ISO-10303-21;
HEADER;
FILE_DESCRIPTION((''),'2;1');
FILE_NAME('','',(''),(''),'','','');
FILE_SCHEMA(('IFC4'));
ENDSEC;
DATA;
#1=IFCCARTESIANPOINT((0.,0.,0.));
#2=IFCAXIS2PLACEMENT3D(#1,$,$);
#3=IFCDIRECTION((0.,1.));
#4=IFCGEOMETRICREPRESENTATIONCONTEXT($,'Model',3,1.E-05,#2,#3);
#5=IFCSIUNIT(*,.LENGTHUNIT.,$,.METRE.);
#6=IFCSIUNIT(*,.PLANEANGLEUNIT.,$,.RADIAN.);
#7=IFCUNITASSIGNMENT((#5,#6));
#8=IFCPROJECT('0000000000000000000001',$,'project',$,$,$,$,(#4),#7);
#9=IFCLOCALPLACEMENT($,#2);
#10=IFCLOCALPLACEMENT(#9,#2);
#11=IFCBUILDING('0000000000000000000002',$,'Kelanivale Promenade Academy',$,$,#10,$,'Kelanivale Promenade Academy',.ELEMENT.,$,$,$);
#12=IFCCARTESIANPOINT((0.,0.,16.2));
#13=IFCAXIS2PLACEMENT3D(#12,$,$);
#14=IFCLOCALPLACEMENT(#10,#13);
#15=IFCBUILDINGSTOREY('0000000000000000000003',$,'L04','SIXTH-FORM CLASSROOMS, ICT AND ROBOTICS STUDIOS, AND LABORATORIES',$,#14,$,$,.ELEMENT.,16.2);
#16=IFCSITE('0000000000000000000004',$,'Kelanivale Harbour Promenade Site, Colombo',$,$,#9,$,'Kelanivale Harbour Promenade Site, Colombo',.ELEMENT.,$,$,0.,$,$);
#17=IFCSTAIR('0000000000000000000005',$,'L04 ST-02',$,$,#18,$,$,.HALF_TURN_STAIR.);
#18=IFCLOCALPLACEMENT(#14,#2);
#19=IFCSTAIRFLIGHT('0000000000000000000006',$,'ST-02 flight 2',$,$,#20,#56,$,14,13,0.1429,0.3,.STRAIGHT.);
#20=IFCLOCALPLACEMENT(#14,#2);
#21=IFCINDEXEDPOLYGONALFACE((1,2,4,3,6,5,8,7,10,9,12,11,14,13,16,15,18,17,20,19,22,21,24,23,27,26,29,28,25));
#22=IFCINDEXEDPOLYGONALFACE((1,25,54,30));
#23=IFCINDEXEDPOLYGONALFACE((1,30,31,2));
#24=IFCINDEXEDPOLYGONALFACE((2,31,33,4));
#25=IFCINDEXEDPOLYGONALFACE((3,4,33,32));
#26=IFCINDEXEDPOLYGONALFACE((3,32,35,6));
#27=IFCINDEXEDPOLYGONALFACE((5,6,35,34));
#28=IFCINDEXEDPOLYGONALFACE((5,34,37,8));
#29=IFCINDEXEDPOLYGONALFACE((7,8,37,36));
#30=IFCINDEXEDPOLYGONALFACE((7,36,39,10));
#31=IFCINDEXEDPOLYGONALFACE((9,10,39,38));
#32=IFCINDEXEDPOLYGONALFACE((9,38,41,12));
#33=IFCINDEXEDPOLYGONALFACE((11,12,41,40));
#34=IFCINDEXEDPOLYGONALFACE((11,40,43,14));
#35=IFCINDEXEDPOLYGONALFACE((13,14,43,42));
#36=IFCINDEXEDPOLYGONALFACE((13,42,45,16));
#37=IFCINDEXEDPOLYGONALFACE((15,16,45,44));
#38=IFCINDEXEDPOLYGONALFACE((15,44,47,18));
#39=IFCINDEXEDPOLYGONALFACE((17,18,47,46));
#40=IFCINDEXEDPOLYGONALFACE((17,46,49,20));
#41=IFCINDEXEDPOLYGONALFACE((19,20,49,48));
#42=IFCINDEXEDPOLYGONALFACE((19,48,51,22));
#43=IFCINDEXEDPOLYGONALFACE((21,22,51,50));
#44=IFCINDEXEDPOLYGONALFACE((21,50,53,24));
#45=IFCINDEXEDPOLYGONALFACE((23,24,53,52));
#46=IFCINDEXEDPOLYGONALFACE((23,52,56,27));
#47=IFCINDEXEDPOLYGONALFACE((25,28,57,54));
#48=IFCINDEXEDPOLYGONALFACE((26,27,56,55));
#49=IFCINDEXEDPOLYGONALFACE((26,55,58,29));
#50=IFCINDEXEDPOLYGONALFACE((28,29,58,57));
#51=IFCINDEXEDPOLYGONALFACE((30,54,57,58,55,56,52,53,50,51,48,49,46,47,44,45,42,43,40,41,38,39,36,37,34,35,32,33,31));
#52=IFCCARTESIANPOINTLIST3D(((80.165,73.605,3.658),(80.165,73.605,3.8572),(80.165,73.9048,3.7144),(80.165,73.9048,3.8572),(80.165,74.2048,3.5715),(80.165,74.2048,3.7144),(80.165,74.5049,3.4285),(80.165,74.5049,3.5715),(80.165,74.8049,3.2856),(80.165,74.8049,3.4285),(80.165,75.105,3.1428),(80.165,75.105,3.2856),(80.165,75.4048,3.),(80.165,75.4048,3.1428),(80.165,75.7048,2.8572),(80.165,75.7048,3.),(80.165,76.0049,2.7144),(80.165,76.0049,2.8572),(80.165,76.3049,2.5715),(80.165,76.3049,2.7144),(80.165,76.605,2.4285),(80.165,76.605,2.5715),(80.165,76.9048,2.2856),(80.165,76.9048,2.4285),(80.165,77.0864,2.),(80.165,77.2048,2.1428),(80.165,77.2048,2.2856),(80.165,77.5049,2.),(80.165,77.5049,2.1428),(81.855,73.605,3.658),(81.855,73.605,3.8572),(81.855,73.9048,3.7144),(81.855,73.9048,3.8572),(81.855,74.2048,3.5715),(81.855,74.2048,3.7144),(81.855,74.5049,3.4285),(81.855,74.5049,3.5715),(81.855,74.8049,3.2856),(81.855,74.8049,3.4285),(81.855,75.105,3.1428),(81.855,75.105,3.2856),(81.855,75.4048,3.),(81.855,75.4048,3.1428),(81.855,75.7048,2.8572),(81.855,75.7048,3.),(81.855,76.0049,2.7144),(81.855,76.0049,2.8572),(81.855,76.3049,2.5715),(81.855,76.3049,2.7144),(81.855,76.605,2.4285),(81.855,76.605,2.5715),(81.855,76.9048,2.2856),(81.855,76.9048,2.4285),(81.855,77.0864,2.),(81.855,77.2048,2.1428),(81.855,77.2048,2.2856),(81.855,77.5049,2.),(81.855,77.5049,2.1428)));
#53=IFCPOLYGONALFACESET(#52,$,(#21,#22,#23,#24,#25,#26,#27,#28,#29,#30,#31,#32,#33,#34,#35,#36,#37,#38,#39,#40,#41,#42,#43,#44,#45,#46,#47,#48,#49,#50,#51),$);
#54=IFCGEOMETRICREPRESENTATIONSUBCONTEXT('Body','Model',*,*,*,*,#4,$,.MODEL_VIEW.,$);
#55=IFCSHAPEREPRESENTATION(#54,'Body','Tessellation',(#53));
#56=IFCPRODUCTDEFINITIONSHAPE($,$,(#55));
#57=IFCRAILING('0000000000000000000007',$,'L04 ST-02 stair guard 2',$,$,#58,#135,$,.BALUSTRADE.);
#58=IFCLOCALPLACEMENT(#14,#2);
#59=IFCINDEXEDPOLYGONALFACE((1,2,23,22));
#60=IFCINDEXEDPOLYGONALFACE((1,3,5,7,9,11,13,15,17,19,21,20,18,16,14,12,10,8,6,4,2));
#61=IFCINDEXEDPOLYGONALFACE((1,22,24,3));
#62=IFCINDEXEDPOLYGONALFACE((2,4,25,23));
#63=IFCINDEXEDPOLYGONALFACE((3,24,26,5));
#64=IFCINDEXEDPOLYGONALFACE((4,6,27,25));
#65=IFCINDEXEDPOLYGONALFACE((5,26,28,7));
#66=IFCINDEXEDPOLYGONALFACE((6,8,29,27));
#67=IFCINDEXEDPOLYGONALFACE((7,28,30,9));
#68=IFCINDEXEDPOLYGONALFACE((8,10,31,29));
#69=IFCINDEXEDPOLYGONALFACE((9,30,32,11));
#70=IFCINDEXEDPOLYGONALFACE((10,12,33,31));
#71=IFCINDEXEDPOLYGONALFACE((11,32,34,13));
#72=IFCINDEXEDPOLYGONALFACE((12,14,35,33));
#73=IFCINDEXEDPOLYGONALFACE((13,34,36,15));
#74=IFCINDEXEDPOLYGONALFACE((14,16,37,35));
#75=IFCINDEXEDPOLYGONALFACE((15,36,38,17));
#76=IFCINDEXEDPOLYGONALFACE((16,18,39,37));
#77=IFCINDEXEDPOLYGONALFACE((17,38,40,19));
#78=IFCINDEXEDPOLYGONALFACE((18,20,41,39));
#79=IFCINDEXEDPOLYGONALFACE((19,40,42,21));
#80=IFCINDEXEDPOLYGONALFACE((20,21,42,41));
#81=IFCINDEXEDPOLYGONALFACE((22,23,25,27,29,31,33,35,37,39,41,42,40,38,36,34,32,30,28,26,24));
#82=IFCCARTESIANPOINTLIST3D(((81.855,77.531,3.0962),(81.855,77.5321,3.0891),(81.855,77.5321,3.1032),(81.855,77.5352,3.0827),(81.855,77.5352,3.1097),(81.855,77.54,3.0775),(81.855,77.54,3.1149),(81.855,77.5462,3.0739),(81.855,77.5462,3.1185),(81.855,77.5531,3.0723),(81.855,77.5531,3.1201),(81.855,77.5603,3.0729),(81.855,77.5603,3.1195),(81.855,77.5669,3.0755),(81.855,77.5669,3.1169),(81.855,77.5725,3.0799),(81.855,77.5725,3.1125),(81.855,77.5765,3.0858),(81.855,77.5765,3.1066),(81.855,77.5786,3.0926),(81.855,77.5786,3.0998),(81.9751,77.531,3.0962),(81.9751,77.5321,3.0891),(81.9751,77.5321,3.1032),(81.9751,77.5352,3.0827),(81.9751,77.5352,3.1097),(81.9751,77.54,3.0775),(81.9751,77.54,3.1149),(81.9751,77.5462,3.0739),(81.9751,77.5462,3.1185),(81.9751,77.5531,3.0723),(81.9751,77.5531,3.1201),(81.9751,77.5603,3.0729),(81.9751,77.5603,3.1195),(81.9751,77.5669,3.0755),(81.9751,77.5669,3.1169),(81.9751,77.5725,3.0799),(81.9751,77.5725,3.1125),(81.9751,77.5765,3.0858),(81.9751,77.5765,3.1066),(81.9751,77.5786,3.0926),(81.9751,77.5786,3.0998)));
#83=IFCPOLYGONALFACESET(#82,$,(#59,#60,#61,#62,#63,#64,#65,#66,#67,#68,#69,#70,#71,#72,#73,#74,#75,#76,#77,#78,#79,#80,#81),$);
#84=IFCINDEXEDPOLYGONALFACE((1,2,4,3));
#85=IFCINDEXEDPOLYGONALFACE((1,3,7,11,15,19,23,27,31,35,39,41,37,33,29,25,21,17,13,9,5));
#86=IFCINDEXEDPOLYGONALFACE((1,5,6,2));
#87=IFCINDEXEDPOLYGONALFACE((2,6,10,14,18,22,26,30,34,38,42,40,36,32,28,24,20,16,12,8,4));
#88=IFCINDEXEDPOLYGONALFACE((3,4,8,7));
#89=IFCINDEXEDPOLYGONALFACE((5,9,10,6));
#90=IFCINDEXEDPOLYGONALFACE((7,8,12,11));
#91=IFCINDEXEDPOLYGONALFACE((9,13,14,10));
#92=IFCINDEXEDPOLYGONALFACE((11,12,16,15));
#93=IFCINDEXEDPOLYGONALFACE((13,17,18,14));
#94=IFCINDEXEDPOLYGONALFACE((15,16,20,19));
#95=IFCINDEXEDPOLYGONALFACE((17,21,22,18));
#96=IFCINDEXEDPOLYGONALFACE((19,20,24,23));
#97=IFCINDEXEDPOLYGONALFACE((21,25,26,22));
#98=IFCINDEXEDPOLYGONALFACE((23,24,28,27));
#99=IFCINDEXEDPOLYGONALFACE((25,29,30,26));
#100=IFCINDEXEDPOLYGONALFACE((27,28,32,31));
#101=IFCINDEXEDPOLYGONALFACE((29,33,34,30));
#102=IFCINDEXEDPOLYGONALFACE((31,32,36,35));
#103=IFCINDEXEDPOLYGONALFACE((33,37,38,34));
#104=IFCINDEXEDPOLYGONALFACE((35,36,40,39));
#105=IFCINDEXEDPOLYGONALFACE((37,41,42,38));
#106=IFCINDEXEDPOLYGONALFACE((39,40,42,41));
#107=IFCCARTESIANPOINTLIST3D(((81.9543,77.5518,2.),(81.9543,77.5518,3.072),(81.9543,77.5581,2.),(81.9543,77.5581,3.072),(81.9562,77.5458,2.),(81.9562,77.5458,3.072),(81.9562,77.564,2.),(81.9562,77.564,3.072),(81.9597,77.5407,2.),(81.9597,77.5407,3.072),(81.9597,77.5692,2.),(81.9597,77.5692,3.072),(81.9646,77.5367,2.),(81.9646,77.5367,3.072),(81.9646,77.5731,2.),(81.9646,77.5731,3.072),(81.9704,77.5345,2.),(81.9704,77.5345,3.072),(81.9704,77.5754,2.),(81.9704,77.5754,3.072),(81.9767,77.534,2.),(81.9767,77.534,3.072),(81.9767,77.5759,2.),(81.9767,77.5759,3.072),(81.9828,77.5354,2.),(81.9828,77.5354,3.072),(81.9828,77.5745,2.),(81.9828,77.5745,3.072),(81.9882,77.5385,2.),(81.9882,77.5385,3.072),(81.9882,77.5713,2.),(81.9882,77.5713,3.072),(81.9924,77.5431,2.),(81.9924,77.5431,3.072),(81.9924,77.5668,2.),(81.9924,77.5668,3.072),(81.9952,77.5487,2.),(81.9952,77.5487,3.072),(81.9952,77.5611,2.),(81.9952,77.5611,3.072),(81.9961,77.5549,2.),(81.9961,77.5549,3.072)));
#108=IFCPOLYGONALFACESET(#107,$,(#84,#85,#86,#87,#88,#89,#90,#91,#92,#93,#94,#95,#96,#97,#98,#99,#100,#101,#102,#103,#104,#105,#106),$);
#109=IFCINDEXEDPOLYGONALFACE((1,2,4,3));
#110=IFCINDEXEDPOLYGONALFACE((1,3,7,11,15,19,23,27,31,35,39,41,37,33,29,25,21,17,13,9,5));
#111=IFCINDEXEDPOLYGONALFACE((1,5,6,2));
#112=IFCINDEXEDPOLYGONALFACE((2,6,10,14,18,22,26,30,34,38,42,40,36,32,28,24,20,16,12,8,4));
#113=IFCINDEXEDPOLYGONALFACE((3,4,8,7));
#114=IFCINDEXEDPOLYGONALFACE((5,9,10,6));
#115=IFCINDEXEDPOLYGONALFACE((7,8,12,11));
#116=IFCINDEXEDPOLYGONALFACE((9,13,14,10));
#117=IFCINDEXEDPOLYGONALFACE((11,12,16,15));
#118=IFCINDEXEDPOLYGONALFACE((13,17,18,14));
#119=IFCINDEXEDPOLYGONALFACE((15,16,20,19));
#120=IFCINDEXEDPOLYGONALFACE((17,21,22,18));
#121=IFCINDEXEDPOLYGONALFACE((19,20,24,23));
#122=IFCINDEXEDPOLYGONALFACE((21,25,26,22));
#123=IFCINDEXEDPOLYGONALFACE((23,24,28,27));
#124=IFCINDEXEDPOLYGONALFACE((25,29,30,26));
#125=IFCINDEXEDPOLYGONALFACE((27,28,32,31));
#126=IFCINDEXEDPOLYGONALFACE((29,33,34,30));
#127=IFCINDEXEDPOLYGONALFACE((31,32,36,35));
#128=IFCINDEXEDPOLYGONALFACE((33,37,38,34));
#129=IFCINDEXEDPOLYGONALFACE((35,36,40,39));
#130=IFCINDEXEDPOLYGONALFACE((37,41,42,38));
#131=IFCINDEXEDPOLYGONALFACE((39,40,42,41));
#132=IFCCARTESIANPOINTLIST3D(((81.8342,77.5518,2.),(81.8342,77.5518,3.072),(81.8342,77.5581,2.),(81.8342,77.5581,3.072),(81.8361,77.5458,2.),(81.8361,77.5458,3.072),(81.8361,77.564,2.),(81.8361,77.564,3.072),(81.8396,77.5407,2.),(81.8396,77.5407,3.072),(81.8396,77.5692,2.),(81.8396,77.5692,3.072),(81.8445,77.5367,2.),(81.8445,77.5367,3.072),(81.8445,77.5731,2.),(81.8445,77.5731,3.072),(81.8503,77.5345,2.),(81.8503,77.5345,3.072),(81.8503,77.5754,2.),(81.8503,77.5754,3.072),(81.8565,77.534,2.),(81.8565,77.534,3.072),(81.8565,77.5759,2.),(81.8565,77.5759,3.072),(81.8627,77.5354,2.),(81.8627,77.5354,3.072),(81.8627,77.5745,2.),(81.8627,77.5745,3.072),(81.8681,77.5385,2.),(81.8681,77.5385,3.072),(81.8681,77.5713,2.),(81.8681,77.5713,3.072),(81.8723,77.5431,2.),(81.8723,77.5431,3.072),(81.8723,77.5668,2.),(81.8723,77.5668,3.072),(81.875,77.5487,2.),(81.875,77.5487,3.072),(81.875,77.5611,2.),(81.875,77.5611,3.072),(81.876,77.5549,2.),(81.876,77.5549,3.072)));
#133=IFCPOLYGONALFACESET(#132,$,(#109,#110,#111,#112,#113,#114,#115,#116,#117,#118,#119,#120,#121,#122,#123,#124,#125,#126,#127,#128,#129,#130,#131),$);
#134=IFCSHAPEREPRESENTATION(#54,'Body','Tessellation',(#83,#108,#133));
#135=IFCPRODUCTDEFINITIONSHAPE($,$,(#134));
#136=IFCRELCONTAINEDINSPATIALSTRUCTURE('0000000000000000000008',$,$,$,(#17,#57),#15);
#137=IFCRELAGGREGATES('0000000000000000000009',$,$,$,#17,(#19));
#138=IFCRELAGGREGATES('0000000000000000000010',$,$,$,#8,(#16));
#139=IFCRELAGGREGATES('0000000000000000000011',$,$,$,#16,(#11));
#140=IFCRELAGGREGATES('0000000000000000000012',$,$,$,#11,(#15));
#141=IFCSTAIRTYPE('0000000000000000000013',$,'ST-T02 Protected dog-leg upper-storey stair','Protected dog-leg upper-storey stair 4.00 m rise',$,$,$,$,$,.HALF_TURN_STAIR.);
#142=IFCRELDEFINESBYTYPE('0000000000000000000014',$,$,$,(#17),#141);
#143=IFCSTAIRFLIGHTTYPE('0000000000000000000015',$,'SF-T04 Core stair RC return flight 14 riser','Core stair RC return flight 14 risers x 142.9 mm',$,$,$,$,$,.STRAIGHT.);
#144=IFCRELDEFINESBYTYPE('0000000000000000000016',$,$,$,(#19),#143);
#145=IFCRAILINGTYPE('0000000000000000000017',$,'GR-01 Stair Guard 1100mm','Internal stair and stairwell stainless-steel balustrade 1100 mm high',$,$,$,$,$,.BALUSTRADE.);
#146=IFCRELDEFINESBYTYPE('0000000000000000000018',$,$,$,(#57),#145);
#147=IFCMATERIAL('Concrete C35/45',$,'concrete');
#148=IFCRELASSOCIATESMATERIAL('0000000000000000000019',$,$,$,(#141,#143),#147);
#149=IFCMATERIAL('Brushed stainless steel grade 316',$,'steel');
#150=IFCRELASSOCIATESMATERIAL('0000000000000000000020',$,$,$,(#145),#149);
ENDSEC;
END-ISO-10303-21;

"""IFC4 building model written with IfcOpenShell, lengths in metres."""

from ifc_helpers import new_model, si_unit, direction, frame, origin, origin_2d, place, context, subcontext, project, spatial, polyline, circle, outline, extrude, material, type_object, element, aggregate, save


model = new_model("IFC4")

# Units and contexts
model_context = context("Model", 3, precision=1e-05, world=origin(), true_north=direction((0.0, 1.0)))
body_context = subcontext(model_context, "Body", "Model", "MODEL_VIEW")
ifc_project = project(units=[si_unit("LENGTHUNIT", "METRE"), si_unit("PLANEANGLEUNIT", "RADIAN")], contexts=[model_context])

# Site, building, storey
site_placement = place(None, origin())
site = spatial("IfcSite", under=ifc_project, at=site_placement, Name="Kelanivale Harbour Promenade Site, Colombo", LongName="Kelanivale Harbour Promenade Site, Colombo", CompositionType="ELEMENT", RefElevation=0.0)
building_placement = place(site_placement, origin())
building = spatial("IfcBuilding", under=site, at=building_placement, Name="Kelanivale Promenade Academy", LongName="Kelanivale Promenade Academy", CompositionType="ELEMENT")
storey_placement = place(building_placement, frame((0.0, 0.0, 16.2)))
storey = spatial("IfcBuildingStorey", under=building, at=storey_placement, Name="L04", Description="SIXTH-FORM CLASSROOMS, ICT AND ROBOTICS STUDIOS, AND LABORATORIES", CompositionType="ELEMENT", Elevation=16.2)

# Shared definitions
ifc_material_1 = material(Name="Concrete C35/45", Category="concrete")

# Stair, stair flight
stair_type = type_object("IfcStairType", Name="ST-T02 Protected dog-leg upper-storey stair", Description="Protected dog-leg upper-storey stair 4.00 m rise", PredefinedType="HALF_TURN_STAIR", material=ifc_material_1)
stair_placement = place(storey_placement, origin())
stair = element("IfcStair", 1, at=stair_placement, inside=storey, type_object=stair_type, Name="L04 ST-02", PredefinedType="HALF_TURN_STAIR")
stair_flight_type = type_object("IfcStairFlightType", Name="SF-T04 Core stair RC return flight 14 riser", Description="Core stair RC return flight 14 risers x 142.9 mm", PredefinedType="STRAIGHT", material=ifc_material_1)
stair_flight_placement = place(storey_placement, frame((81.01, 77.5049, 2.0), z_axis=(0.0, 0.0, 1.0), x_axis=(0.0, -1.0, 0.0)))
stair_flight = element("IfcStairFlight", 2, at=stair_flight_placement, type_object=stair_flight_type, Name="ST-02 flight 2", NumberOfRisers=14, NumberOfTreads=13, PredefinedType="STRAIGHT", RiserHeight=0.1429, TreadLength=0.3, context=body_context, shape_type="SweptSolid", body=[
    extrude(outline(polyline([(0.0, 0.0), (0.0, 0.1428), (0.3, 0.1428), (0.3, 0.2856), (0.6001, 0.2856), (0.6001, 0.4285), (0.8999, 0.4285), (0.8999, 0.5715), (1.2, 0.5715), (1.2, 0.7144), (1.5, 0.7144), (1.5, 0.8572), (1.8, 0.8572), (1.8, 1.0), (2.1001, 1.0), (2.1001, 1.1428), (2.3999, 1.1428), (2.3999, 1.2856), (2.7, 1.2856), (2.7, 1.4285), (3.0, 1.4285), (3.0, 1.5715), (3.3, 1.5715), (3.3, 1.7144), (3.6001, 1.7144), (3.6001, 1.8572), (3.8999, 1.8572), (3.8999, 2.0), (3.8999, 1.658), (0.4185, 0.0), (0.0, 0.0)])), frame((0.0, 0.845, 0.0), z_axis=(0.0, -1.0, 0.0), x_axis=(1.0, 0.0, 0.0)), (0.0, 0.0, 1.0), 1.6899),
])
aggregate(stair, [stair_flight])

# Railing
ifc_material_2 = material(Name="Brushed stainless steel grade 316", Category="steel")
railing_type_1 = type_object("IfcRailingType", Name="GR-01 Stair Guard 1100mm", Description="Internal stair and stairwell stainless-steel balustrade 1100 mm high", PredefinedType="BALUSTRADE", material=ifc_material_2)
railing_1_placement = place(storey_placement, frame((81.9751, 77.5549, 2.0)))
element("IfcRailing", 3, at=railing_1_placement, inside=storey, type_object=railing_type_1, Name="L04 ST-02 stair guard 2", PredefinedType="BALUSTRADE", context=body_context, shape_type="SweptSolid", body=[
    extrude(circle(Radius=0.0239, at=origin_2d()), frame((0.0, 0.0, 1.0962), z_axis=(-1.0, 0.0, 0.0), x_axis=(0.0, -1.0, 0.0)), (0.0, 0.0, 1.0), 0.1201),
    extrude(circle(Radius=0.021, at=origin_2d()), origin(), (0.0, 0.0, 1.0), 1.072),
    extrude(circle(Radius=0.021, at=origin_2d()), frame((-0.1201, 0.0, 0.0)), (0.0, 0.0, 1.0), 1.072),
])

save(model, "model.ifc")
